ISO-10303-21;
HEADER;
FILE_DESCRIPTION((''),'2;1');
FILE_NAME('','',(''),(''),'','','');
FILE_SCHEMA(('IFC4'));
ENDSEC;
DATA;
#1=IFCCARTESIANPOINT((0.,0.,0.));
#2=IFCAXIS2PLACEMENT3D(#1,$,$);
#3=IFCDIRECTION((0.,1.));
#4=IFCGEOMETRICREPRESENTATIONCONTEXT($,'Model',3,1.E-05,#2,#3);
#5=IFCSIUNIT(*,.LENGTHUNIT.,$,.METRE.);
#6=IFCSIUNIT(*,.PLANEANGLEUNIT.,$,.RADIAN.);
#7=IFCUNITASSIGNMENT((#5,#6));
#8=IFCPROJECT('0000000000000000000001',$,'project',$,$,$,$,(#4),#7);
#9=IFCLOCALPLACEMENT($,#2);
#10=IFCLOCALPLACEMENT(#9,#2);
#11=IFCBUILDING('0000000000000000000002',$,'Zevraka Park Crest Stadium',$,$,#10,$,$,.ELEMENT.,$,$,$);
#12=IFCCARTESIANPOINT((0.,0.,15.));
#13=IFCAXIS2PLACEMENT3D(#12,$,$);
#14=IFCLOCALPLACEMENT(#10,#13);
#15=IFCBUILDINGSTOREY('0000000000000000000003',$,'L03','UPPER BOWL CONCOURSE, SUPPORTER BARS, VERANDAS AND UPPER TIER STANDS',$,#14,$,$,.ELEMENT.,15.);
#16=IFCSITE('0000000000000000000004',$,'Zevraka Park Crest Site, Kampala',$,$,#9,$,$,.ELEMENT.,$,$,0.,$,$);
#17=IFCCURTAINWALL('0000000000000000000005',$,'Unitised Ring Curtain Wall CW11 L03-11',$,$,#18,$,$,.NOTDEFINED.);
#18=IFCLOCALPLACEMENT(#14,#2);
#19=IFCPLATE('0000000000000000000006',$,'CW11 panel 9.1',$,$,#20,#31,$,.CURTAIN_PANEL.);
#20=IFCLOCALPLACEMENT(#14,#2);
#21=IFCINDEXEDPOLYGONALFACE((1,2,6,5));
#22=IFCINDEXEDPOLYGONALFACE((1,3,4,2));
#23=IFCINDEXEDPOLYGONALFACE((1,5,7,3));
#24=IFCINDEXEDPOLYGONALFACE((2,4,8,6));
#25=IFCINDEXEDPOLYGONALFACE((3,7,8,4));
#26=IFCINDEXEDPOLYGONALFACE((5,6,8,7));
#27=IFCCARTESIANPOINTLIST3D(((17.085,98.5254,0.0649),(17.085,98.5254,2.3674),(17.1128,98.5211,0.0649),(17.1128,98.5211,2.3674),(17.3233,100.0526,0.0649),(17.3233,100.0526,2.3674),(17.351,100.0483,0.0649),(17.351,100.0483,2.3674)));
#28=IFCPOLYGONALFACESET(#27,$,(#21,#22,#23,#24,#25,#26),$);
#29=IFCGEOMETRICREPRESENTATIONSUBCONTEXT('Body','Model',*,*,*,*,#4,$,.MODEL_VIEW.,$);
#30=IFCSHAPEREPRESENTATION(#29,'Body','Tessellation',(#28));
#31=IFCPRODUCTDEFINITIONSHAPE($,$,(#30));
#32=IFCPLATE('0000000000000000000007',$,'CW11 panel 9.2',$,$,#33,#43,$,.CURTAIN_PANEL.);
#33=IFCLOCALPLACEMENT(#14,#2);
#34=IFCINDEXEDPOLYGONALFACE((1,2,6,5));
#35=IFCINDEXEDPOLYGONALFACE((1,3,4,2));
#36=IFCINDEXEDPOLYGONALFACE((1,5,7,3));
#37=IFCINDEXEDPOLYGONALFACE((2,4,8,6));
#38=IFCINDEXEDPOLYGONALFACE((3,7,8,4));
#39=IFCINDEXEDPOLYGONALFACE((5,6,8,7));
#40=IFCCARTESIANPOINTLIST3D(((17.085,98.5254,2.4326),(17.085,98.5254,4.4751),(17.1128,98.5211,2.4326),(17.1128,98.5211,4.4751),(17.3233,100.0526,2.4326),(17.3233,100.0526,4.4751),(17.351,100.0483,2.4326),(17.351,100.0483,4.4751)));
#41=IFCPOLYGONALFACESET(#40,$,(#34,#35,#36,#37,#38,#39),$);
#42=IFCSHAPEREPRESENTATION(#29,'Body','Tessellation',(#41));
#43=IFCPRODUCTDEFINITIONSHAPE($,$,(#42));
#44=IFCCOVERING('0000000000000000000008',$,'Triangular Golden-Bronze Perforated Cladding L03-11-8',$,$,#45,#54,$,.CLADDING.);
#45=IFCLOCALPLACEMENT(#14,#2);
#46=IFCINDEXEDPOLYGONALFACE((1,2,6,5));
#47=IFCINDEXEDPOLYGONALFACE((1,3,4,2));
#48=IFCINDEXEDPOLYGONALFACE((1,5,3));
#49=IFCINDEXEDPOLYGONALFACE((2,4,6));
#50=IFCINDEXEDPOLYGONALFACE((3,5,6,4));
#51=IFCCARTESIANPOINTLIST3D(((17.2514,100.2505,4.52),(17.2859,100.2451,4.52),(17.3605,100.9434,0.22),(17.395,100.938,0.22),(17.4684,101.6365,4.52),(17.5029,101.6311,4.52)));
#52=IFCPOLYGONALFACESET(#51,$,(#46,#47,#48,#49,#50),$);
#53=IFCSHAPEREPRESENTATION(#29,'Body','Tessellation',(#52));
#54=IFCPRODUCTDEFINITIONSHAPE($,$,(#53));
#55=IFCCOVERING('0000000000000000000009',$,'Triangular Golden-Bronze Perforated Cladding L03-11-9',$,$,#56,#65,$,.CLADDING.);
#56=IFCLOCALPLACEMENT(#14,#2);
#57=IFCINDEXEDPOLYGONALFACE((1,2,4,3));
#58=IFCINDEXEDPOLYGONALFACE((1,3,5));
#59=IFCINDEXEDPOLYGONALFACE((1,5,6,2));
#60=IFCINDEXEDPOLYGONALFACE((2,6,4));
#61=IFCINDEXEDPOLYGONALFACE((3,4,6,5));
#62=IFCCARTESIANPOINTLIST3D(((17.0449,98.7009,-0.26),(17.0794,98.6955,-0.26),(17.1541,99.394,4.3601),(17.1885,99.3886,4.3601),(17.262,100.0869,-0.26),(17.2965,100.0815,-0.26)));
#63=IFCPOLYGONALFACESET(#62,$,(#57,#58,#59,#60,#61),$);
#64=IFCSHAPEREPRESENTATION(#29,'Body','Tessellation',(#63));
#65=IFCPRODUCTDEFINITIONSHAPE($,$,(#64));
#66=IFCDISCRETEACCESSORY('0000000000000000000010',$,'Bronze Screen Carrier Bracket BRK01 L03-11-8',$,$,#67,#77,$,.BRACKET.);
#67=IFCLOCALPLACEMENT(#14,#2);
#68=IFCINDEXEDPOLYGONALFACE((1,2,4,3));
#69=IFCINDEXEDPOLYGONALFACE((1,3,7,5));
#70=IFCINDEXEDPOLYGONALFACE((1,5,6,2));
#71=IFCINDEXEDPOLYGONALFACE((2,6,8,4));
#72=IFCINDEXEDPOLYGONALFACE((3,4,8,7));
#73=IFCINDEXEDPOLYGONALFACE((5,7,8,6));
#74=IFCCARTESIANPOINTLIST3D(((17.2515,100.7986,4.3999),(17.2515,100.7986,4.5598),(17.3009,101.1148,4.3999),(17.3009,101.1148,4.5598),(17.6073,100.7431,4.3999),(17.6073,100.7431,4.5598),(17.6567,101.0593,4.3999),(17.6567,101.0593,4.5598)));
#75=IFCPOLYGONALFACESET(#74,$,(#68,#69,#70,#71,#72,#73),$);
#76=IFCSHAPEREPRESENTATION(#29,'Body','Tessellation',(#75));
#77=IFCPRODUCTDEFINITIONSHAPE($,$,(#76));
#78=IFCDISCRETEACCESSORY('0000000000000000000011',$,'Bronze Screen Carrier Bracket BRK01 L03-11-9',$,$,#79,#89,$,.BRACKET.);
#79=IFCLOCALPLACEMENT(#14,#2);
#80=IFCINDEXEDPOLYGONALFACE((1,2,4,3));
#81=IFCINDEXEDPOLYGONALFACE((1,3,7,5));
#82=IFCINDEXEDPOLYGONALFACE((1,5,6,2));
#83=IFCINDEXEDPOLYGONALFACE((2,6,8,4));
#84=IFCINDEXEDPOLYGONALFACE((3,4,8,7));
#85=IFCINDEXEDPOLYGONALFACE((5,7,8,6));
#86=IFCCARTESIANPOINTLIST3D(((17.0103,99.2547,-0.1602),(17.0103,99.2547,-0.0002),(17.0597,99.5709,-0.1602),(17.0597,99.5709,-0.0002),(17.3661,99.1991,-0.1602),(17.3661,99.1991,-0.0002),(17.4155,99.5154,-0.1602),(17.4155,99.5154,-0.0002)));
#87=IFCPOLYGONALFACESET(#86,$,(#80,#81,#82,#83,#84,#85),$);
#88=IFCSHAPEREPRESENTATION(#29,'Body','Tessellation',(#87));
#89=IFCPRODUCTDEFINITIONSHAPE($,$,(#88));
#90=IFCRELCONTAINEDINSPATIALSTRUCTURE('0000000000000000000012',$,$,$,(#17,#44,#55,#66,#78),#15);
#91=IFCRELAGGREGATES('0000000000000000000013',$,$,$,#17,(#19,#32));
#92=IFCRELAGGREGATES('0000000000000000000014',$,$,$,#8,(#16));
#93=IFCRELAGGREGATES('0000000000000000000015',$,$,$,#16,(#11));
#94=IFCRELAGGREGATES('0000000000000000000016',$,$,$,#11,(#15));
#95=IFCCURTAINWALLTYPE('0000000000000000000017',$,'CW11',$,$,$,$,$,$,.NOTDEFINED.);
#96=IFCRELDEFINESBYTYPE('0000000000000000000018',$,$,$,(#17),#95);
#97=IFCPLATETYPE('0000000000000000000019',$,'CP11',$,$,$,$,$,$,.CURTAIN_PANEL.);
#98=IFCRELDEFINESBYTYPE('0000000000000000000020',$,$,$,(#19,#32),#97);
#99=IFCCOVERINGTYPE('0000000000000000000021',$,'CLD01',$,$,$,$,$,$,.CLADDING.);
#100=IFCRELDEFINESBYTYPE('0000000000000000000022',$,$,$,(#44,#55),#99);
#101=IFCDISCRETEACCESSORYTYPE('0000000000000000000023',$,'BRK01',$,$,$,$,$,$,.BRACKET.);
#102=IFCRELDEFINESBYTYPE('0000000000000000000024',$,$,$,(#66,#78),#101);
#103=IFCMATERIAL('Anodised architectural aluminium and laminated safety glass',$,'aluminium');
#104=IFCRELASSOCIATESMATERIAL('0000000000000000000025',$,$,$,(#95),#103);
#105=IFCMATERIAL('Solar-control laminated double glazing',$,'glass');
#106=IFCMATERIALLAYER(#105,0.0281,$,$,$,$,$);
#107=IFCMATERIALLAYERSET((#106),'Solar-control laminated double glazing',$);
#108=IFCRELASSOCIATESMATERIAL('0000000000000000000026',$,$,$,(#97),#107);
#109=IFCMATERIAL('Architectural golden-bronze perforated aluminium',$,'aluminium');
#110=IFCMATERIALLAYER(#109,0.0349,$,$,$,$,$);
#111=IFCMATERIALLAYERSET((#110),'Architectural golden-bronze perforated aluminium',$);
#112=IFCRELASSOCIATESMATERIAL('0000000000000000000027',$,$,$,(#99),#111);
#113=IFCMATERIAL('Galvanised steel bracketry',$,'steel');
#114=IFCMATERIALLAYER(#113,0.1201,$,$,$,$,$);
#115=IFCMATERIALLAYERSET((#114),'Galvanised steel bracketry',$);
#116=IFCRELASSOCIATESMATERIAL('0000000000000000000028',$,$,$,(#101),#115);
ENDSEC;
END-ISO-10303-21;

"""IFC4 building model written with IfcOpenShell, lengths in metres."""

from ifc_helpers import new_model, si_unit, direction, frame, origin, origin_2d, place, context, subcontext, project, spatial, polyline, rectangle, outline, extrude, material, layer, layer_set, type_object, element, aggregate, save


model = new_model("IFC4")

# Units and contexts
model_context = context("Model", 3, precision=1e-05, world=origin(), true_north=direction((0.0, 1.0)))
body_context = subcontext(model_context, "Body", "Model", "MODEL_VIEW")
ifc_project = project(units=[si_unit("LENGTHUNIT", "METRE"), si_unit("PLANEANGLEUNIT", "RADIAN")], contexts=[model_context])

# Site, building, storey
site_placement = place(None, origin())
site = spatial("IfcSite", under=ifc_project, at=site_placement, Name="Zevraka Park Crest Site, Kampala", CompositionType="ELEMENT", RefElevation=0.0)
building_placement = place(site_placement, origin())
building = spatial("IfcBuilding", under=site, at=building_placement, Name="Zevraka Park Crest Stadium", CompositionType="ELEMENT")
storey_placement = place(building_placement, frame((0.0, 0.0, 15.0)))
storey = spatial("IfcBuildingStorey", under=building, at=storey_placement, Name="L03", Description="UPPER BOWL CONCOURSE, SUPPORTER BARS, VERANDAS AND UPPER TIER STANDS", CompositionType="ELEMENT", Elevation=15.0)

# Curtain wall, plates
ifc_material_1 = material(Name="Anodised architectural aluminium and laminated safety glass", Category="aluminium")
curtain_wall_type = type_object("IfcCurtainWallType", Name="CW11", PredefinedType="NOTDEFINED", material=ifc_material_1)
curtain_wall_placement = place(storey_placement, origin())
curtain_wall = element("IfcCurtainWall", 1, at=curtain_wall_placement, inside=storey, type_object=curtain_wall_type, Name="Unitised Ring Curtain Wall CW11 L03-11", PredefinedType="NOTDEFINED")
ifc_material_2 = material(Name="Solar-control laminated double glazing", Category="glass")
ifc_layer_1 = layer(ifc_material_2, 0.0281)
ifc_layer_set_1 = layer_set([ifc_layer_1], Name="Solar-control laminated double glazing")
plate_type = type_object("IfcPlateType", Name="CP11", PredefinedType="CURTAIN_PANEL", material=ifc_layer_set_1)
plate_1_placement = place(storey_placement, frame((17.218, 99.2869, 0.0649), z_axis=(0.0, 0.0, 1.0), x_axis=(-0.154128, -0.988051, 0.0)))
plate_1 = element("IfcPlate", 2, at=plate_1_placement, type_object=plate_type, Name="CW11 panel 9.1", PredefinedType="CURTAIN_PANEL", context=body_context, shape_type="SweptSolid", body=[
    extrude(rectangle(XDim=1.5457, YDim=0.0281, at=origin_2d()), origin(), (0.0, 0.0, 1.0), 2.3025),
])
plate_2_placement = place(storey_placement, frame((17.218, 99.2869, 2.4326), z_axis=(0.0, 0.0, 1.0), x_axis=(-0.154128, -0.988051, 0.0)))
plate_2 = element("IfcPlate", 3, at=plate_2_placement, type_object=plate_type, Name="CW11 panel 9.2", PredefinedType="CURTAIN_PANEL", context=body_context, shape_type="SweptSolid", body=[
    extrude(rectangle(XDim=1.5457, YDim=0.0281, at=origin_2d()), origin(), (0.0, 0.0, 1.0), 2.0425),
])
aggregate(curtain_wall, [plate_1, plate_2])

# Coverings
ifc_material_3 = material(Name="Architectural golden-bronze perforated aluminium", Category="aluminium")
ifc_layer_2 = layer(ifc_material_3, 0.0349)
ifc_layer_set_2 = layer_set([ifc_layer_2], Name="Architectural golden-bronze perforated aluminium")
covering_type = type_object("IfcCoveringType", Name="CLD01", PredefinedType="CLADDING", material=ifc_layer_set_2)
covering_1_placement = place(storey_placement, frame((17.2859, 100.2451, 4.52), z_axis=(0.98796, -0.154711, 0.000145), x_axis=(0.154711, 0.98796, 0.0)))
element("IfcCovering", 4, at=covering_1_placement, inside=storey, type_object=covering_type, Name="Triangular Golden-Bronze Perforated Cladding L03-11-8", PredefinedType="CLADDING", context=body_context, shape_type="SweptSolid", body=[
    extrude(outline(polyline([(0.0, 0.0), (1.4029, 0.0), (0.7014, -4.3), (0.0, 0.0)])), origin(), (0.0, 0.0, -1.0), 0.0349),
])
covering_2_placement = place(storey_placement, frame((17.262, 100.0869, -0.26), z_axis=(-0.98796, 0.154711, 0.000126), x_axis=(-0.154711, -0.98796, 0.0)))
element("IfcCovering", 5, at=covering_2_placement, inside=storey, type_object=covering_type, Name="Triangular Golden-Bronze Perforated Cladding L03-11-9", PredefinedType="CLADDING", context=body_context, shape_type="SweptSolid", body=[
    extrude(outline(polyline([(0.0, 0.0), (1.4029, 0.0), (0.7012, 4.6201), (0.0, 0.0)])), origin(), (0.0, 0.0, -1.0), 0.0349),
])

# Discrete accessories
ifc_material_4 = material(Name="Galvanised steel bracketry", Category="steel")
ifc_layer_3 = layer(ifc_material_4, 0.1201)
ifc_layer_set_3 = layer_set([ifc_layer_3], Name="Galvanised steel bracketry")
discrete_accessory_type = type_object("IfcDiscreteAccessoryType", Name="BRK01", PredefinedType="BRACKET", material=ifc_layer_set_3)
for number, where, z_axis, x_axis, name in (
    (6, (17.4541, 100.929, 4.3999), (0.0, 0.0, 1.0), (-0.154193, -0.988041, 0.0), "Bronze Screen Carrier Bracket BRK01 L03-11-8"),
    (7, (17.2129, 99.385, -0.1602), (0.0, 0.0, 1.0), (-0.154193, -0.988041, 0.0), "Bronze Screen Carrier Bracket BRK01 L03-11-9"),
):
    element("IfcDiscreteAccessory", number, at=place(storey_placement, frame(where, z_axis=z_axis, x_axis=x_axis)), inside=storey, type_object=discrete_accessory_type, Name=name, PredefinedType="BRACKET", context=body_context, shape_type="SweptSolid", body=[
        extrude(rectangle(XDim=0.3201, YDim=0.3601, at=origin_2d()), origin(), (0.0, 0.0, 1.0), 0.1599),
    ])

save(model, "model.ifc")
